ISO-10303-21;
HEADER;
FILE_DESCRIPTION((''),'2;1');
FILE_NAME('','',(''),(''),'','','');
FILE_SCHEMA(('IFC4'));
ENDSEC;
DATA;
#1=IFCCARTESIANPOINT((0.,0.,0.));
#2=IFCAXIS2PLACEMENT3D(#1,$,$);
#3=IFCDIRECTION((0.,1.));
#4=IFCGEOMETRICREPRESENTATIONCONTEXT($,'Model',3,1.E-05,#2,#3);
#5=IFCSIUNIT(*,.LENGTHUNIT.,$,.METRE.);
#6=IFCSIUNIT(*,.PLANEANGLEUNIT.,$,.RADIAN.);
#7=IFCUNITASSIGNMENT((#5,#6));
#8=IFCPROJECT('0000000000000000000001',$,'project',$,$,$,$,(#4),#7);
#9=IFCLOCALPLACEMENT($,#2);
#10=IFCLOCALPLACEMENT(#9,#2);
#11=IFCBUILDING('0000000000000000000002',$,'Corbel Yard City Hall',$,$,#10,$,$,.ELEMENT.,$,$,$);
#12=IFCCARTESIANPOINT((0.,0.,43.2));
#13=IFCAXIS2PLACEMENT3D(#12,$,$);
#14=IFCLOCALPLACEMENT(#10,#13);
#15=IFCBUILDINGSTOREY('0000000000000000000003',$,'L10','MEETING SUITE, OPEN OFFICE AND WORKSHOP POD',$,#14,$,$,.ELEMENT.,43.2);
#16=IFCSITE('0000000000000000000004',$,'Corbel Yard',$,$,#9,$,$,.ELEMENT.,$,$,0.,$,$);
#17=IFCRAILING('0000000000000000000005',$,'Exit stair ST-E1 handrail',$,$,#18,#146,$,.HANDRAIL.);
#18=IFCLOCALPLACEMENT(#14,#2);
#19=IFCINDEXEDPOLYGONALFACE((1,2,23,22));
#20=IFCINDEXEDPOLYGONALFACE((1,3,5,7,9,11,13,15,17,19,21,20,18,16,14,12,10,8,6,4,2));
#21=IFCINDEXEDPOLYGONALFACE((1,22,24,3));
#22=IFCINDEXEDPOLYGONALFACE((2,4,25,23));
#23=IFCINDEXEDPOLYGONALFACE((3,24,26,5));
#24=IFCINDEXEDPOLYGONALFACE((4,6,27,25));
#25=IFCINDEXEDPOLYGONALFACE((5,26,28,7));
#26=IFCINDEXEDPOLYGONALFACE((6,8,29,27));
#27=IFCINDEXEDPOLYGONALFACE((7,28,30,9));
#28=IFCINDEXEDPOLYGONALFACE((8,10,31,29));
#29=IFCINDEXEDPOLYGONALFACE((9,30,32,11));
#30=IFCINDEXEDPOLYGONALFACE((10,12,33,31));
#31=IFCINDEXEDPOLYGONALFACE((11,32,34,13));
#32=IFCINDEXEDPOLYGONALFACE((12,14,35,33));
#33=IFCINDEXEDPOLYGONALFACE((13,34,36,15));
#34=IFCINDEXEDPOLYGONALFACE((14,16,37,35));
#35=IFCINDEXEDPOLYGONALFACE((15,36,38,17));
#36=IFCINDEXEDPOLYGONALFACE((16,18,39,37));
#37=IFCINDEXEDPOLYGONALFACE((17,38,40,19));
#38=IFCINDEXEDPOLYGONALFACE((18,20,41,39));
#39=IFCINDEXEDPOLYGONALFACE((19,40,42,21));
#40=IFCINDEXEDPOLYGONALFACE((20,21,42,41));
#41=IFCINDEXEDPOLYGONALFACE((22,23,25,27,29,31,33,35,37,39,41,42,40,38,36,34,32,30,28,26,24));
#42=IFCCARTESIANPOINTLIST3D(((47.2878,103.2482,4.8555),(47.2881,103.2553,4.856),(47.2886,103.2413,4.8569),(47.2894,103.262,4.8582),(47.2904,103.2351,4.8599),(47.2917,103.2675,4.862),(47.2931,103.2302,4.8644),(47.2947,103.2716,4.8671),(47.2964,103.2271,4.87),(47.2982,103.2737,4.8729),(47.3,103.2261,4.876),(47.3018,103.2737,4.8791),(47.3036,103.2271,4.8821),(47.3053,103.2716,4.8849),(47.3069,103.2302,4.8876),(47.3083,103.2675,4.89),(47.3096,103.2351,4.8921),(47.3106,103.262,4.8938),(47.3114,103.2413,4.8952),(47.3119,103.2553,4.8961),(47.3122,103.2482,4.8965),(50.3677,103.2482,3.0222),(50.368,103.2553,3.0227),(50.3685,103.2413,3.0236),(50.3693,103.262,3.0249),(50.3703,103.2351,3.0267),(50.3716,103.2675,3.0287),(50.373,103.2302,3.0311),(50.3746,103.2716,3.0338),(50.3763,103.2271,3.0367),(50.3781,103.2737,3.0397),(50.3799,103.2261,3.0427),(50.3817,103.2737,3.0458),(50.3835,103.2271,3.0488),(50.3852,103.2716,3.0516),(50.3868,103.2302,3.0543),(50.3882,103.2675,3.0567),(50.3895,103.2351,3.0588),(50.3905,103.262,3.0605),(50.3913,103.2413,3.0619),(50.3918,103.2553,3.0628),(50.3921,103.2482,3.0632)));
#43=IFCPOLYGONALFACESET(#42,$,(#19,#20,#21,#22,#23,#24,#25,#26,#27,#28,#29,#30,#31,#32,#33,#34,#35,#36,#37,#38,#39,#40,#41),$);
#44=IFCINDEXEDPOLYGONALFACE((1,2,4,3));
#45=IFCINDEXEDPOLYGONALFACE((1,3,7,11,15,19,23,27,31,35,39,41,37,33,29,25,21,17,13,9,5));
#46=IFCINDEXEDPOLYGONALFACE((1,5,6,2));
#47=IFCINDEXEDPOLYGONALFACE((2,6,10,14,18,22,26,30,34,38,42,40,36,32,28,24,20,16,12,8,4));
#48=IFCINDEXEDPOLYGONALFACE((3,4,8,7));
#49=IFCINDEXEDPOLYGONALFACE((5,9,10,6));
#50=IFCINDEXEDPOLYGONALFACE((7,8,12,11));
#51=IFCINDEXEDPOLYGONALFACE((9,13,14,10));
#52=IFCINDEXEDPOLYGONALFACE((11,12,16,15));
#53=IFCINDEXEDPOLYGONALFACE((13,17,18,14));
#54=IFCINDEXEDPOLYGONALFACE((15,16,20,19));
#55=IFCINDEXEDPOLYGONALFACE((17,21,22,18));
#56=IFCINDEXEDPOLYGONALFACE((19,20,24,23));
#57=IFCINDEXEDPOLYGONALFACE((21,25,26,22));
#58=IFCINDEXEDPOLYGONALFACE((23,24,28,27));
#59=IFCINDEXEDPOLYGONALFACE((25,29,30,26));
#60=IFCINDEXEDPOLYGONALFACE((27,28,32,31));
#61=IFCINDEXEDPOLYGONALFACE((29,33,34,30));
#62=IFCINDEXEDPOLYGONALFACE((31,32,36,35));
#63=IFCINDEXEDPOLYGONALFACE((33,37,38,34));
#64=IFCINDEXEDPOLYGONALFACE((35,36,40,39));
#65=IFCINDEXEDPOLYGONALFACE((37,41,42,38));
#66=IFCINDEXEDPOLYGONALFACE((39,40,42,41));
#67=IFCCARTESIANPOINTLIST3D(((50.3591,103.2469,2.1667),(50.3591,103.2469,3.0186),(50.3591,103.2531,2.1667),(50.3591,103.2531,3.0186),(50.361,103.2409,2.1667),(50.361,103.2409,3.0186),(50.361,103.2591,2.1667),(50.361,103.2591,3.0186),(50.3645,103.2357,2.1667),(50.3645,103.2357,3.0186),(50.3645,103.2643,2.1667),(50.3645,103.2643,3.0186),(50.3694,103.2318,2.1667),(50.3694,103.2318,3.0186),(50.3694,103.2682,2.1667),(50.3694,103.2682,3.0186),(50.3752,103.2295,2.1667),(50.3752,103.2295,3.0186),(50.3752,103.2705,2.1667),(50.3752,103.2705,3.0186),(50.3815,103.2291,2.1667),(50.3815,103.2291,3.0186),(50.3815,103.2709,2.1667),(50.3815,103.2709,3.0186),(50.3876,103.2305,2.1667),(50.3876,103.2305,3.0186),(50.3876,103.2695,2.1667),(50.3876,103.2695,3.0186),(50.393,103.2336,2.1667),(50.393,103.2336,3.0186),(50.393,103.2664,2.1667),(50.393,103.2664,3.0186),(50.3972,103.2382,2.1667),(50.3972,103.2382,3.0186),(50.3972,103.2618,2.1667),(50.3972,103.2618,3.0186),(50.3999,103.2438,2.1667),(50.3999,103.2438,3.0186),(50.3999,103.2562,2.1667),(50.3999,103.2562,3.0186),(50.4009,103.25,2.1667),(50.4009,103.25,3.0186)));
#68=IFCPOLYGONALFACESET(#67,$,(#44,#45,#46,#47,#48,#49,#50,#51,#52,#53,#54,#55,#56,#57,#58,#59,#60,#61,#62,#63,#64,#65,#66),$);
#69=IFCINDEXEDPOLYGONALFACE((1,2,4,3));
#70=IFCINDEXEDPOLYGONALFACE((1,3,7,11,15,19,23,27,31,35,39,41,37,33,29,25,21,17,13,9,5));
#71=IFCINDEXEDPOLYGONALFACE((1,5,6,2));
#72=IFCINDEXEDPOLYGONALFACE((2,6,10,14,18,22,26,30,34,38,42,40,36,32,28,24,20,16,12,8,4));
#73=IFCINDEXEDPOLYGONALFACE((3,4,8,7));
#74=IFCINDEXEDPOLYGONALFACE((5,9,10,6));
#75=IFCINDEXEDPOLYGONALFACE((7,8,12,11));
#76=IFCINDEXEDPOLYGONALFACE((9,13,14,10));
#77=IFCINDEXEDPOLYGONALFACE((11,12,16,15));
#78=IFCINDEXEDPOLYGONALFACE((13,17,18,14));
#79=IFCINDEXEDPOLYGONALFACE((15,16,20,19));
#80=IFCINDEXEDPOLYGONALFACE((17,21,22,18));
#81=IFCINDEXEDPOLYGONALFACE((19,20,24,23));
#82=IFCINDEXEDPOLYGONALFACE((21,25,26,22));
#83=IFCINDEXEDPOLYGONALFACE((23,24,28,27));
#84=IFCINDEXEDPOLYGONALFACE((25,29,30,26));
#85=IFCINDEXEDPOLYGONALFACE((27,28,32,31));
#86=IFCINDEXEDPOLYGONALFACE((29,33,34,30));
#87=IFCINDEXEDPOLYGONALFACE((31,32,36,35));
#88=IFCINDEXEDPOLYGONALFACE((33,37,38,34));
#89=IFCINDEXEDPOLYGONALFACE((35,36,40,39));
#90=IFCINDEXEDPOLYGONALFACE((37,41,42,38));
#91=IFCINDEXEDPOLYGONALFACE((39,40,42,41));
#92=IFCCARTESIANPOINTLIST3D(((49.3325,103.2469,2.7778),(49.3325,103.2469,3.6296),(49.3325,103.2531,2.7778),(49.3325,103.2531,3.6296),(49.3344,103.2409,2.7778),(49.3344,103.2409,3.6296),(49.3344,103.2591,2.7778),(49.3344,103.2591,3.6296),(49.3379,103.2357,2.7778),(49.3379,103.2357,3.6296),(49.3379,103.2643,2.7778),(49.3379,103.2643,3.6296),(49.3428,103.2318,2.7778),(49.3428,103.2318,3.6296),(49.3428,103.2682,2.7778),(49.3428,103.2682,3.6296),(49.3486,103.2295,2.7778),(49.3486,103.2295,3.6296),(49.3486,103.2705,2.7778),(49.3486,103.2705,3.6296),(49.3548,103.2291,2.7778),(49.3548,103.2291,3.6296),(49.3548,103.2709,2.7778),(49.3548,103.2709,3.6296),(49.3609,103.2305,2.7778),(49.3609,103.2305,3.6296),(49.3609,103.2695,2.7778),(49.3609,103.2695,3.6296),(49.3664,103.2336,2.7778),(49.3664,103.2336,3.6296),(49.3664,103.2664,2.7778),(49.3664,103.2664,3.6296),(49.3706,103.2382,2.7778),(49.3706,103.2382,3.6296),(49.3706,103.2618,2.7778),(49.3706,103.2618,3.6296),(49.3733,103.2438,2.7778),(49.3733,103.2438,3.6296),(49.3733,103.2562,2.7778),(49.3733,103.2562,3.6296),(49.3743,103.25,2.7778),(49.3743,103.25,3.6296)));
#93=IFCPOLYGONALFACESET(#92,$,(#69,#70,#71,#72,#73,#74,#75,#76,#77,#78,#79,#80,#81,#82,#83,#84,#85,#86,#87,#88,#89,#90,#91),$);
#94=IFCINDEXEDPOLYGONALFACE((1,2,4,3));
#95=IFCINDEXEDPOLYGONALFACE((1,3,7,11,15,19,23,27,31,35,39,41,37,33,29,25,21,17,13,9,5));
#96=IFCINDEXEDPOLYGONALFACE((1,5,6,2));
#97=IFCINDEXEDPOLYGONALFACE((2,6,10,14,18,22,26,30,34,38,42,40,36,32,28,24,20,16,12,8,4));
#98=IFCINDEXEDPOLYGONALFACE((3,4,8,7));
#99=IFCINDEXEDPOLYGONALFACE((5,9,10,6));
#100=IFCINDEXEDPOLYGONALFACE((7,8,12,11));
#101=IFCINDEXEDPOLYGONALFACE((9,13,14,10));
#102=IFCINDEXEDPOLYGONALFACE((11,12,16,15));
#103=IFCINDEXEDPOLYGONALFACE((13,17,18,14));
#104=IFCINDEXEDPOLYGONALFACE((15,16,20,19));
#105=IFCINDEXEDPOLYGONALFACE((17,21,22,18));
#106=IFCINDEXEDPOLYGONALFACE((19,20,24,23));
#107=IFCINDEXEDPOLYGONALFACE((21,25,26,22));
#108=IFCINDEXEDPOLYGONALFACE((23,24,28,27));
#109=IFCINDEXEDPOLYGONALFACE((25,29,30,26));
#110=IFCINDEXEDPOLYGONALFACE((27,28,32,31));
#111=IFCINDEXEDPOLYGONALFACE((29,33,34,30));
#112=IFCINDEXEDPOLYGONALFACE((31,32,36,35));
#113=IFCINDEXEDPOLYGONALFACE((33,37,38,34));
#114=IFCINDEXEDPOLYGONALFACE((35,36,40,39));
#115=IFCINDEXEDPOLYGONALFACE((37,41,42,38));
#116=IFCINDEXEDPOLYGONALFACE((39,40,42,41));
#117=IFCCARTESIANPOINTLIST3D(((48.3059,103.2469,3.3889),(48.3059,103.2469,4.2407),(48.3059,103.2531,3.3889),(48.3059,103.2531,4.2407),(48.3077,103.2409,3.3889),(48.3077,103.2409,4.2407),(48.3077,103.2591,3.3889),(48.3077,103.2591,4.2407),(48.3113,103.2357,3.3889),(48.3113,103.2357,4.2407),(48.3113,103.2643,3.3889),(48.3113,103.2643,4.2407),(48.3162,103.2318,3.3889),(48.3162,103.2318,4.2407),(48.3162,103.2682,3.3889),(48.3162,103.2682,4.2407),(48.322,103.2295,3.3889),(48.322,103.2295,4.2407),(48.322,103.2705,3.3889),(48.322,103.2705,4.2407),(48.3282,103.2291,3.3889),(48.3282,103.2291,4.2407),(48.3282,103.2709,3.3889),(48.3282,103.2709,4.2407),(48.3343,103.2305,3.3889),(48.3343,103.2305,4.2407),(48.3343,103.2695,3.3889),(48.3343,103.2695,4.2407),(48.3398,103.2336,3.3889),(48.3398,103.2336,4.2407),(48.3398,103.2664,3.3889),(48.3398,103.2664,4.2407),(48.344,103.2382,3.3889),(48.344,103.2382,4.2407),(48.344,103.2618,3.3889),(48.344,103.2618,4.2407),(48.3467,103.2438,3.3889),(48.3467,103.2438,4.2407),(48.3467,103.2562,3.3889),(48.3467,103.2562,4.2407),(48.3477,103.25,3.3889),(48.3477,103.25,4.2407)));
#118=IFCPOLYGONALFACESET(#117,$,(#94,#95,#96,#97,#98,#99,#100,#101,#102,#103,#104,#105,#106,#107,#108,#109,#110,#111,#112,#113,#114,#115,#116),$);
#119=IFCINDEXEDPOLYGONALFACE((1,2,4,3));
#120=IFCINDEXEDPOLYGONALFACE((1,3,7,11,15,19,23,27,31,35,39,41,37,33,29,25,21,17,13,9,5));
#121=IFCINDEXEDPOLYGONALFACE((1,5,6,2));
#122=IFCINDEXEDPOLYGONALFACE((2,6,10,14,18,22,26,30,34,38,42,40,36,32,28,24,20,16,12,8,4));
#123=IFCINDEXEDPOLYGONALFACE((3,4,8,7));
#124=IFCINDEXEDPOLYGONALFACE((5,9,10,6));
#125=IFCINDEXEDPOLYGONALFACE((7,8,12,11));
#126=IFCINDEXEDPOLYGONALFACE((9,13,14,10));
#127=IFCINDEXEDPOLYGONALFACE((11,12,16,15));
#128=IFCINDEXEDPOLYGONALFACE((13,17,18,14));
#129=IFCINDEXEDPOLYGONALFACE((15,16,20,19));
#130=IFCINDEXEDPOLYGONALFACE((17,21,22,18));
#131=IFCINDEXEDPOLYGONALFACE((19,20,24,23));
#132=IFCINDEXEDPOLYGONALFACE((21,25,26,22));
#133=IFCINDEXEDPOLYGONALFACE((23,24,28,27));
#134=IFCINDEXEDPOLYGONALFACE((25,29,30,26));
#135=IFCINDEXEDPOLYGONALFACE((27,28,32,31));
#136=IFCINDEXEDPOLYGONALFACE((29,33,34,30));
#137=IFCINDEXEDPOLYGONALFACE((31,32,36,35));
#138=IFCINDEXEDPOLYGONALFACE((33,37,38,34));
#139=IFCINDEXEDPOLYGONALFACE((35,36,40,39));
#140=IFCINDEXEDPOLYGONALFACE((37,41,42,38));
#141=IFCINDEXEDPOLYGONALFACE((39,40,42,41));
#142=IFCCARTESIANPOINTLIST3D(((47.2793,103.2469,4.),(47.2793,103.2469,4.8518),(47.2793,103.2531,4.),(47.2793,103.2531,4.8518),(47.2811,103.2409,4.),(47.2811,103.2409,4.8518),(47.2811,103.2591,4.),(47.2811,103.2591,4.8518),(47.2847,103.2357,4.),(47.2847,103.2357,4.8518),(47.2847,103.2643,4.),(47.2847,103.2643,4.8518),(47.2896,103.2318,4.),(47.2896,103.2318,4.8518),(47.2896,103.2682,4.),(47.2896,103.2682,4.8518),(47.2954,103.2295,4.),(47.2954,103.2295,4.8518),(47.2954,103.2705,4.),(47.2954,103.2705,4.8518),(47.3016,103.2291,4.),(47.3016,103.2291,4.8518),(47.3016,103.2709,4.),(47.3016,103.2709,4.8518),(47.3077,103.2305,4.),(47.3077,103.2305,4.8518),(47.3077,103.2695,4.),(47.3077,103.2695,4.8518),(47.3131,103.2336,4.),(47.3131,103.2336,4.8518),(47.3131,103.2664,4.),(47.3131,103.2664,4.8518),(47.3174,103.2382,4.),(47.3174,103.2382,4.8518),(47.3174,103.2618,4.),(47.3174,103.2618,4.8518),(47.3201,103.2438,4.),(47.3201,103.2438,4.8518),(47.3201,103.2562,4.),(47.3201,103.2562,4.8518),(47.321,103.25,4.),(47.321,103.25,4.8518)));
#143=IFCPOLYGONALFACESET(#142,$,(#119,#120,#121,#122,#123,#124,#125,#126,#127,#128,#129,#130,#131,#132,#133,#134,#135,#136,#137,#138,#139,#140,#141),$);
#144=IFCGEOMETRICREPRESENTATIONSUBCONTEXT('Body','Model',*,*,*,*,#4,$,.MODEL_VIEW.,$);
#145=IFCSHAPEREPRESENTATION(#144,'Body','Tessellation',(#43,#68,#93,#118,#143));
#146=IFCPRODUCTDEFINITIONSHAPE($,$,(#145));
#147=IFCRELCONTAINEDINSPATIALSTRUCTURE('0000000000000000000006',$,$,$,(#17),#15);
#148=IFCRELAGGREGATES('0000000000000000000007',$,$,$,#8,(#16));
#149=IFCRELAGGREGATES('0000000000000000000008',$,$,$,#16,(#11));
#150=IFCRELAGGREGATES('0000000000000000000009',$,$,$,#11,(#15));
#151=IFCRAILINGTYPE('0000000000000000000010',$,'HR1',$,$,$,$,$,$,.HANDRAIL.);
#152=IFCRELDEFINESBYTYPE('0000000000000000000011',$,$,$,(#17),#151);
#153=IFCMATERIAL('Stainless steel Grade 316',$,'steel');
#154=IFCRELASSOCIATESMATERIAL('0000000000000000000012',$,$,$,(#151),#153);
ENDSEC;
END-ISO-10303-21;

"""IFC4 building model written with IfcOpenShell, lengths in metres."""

from ifc_helpers import new_model, si_unit, direction, frame, origin, origin_2d, place, context, subcontext, project, spatial, circle, extrude, material, type_object, element, save


model = new_model("IFC4")

# Units and contexts
model_context = context("Model", 3, precision=1e-05, world=origin(), true_north=direction((0.0, 1.0)))
body_context = subcontext(model_context, "Body", "Model", "MODEL_VIEW")
ifc_project = project(units=[si_unit("LENGTHUNIT", "METRE"), si_unit("PLANEANGLEUNIT", "RADIAN")], contexts=[model_context])

# Site, building, storey
site_placement = place(None, origin())
site = spatial("IfcSite", under=ifc_project, at=site_placement, Name="Corbel Yard", CompositionType="ELEMENT", RefElevation=0.0)
building_placement = place(site_placement, origin())
building = spatial("IfcBuilding", under=site, at=building_placement, Name="Corbel Yard City Hall", CompositionType="ELEMENT")
storey_placement = place(building_placement, frame((0.0, 0.0, 43.2)))
storey = spatial("IfcBuildingStorey", under=building, at=storey_placement, Name="L10", Description="MEETING SUITE, OPEN OFFICE AND WORKSHOP POD", CompositionType="ELEMENT", Elevation=43.2)

# Shared definitions
ifc_material_1 = material(Name="Stainless steel Grade 316", Category="steel")

# Railing
railing_type = type_object("IfcRailingType", Name="HR1", PredefinedType="HANDRAIL", material=ifc_material_1)
for number, where, name in (
    (1, (50.3799, 103.25, 2.1667), "Exit stair ST-E1 handrail"),
):
    element("IfcRailing", number, at=place(storey_placement, frame(where)), inside=storey, type_object=railing_type, Name=name, PredefinedType="HANDRAIL", context=body_context, shape_type="SweptSolid", body=[
        extrude(circle(Radius=0.0239, at=origin_2d()), frame((0.0, 0.0, 0.876), z_axis=(-0.859291, 0.0, 0.511487), x_axis=(0.0, -1.0, 0.0)), (0.0, 0.0, 1.0), 3.5842),
        extrude(circle(Radius=0.021, at=origin_2d()), origin(), (0.0, 0.0, 1.0), 0.8518),
        extrude(circle(Radius=0.021, at=origin_2d()), frame((-1.0266, 0.0, 0.6111)), (0.0, 0.0, 1.0), 0.8518),
        extrude(circle(Radius=0.021, at=origin_2d()), frame((-2.0532, 0.0, 1.2222)), (0.0, 0.0, 1.0), 0.8518),
        extrude(circle(Radius=0.021, at=origin_2d()), frame((-3.0798, 0.0, 1.8333)), (0.0, 0.0, 1.0), 0.8518),
    ])

save(model, "model.ifc")
